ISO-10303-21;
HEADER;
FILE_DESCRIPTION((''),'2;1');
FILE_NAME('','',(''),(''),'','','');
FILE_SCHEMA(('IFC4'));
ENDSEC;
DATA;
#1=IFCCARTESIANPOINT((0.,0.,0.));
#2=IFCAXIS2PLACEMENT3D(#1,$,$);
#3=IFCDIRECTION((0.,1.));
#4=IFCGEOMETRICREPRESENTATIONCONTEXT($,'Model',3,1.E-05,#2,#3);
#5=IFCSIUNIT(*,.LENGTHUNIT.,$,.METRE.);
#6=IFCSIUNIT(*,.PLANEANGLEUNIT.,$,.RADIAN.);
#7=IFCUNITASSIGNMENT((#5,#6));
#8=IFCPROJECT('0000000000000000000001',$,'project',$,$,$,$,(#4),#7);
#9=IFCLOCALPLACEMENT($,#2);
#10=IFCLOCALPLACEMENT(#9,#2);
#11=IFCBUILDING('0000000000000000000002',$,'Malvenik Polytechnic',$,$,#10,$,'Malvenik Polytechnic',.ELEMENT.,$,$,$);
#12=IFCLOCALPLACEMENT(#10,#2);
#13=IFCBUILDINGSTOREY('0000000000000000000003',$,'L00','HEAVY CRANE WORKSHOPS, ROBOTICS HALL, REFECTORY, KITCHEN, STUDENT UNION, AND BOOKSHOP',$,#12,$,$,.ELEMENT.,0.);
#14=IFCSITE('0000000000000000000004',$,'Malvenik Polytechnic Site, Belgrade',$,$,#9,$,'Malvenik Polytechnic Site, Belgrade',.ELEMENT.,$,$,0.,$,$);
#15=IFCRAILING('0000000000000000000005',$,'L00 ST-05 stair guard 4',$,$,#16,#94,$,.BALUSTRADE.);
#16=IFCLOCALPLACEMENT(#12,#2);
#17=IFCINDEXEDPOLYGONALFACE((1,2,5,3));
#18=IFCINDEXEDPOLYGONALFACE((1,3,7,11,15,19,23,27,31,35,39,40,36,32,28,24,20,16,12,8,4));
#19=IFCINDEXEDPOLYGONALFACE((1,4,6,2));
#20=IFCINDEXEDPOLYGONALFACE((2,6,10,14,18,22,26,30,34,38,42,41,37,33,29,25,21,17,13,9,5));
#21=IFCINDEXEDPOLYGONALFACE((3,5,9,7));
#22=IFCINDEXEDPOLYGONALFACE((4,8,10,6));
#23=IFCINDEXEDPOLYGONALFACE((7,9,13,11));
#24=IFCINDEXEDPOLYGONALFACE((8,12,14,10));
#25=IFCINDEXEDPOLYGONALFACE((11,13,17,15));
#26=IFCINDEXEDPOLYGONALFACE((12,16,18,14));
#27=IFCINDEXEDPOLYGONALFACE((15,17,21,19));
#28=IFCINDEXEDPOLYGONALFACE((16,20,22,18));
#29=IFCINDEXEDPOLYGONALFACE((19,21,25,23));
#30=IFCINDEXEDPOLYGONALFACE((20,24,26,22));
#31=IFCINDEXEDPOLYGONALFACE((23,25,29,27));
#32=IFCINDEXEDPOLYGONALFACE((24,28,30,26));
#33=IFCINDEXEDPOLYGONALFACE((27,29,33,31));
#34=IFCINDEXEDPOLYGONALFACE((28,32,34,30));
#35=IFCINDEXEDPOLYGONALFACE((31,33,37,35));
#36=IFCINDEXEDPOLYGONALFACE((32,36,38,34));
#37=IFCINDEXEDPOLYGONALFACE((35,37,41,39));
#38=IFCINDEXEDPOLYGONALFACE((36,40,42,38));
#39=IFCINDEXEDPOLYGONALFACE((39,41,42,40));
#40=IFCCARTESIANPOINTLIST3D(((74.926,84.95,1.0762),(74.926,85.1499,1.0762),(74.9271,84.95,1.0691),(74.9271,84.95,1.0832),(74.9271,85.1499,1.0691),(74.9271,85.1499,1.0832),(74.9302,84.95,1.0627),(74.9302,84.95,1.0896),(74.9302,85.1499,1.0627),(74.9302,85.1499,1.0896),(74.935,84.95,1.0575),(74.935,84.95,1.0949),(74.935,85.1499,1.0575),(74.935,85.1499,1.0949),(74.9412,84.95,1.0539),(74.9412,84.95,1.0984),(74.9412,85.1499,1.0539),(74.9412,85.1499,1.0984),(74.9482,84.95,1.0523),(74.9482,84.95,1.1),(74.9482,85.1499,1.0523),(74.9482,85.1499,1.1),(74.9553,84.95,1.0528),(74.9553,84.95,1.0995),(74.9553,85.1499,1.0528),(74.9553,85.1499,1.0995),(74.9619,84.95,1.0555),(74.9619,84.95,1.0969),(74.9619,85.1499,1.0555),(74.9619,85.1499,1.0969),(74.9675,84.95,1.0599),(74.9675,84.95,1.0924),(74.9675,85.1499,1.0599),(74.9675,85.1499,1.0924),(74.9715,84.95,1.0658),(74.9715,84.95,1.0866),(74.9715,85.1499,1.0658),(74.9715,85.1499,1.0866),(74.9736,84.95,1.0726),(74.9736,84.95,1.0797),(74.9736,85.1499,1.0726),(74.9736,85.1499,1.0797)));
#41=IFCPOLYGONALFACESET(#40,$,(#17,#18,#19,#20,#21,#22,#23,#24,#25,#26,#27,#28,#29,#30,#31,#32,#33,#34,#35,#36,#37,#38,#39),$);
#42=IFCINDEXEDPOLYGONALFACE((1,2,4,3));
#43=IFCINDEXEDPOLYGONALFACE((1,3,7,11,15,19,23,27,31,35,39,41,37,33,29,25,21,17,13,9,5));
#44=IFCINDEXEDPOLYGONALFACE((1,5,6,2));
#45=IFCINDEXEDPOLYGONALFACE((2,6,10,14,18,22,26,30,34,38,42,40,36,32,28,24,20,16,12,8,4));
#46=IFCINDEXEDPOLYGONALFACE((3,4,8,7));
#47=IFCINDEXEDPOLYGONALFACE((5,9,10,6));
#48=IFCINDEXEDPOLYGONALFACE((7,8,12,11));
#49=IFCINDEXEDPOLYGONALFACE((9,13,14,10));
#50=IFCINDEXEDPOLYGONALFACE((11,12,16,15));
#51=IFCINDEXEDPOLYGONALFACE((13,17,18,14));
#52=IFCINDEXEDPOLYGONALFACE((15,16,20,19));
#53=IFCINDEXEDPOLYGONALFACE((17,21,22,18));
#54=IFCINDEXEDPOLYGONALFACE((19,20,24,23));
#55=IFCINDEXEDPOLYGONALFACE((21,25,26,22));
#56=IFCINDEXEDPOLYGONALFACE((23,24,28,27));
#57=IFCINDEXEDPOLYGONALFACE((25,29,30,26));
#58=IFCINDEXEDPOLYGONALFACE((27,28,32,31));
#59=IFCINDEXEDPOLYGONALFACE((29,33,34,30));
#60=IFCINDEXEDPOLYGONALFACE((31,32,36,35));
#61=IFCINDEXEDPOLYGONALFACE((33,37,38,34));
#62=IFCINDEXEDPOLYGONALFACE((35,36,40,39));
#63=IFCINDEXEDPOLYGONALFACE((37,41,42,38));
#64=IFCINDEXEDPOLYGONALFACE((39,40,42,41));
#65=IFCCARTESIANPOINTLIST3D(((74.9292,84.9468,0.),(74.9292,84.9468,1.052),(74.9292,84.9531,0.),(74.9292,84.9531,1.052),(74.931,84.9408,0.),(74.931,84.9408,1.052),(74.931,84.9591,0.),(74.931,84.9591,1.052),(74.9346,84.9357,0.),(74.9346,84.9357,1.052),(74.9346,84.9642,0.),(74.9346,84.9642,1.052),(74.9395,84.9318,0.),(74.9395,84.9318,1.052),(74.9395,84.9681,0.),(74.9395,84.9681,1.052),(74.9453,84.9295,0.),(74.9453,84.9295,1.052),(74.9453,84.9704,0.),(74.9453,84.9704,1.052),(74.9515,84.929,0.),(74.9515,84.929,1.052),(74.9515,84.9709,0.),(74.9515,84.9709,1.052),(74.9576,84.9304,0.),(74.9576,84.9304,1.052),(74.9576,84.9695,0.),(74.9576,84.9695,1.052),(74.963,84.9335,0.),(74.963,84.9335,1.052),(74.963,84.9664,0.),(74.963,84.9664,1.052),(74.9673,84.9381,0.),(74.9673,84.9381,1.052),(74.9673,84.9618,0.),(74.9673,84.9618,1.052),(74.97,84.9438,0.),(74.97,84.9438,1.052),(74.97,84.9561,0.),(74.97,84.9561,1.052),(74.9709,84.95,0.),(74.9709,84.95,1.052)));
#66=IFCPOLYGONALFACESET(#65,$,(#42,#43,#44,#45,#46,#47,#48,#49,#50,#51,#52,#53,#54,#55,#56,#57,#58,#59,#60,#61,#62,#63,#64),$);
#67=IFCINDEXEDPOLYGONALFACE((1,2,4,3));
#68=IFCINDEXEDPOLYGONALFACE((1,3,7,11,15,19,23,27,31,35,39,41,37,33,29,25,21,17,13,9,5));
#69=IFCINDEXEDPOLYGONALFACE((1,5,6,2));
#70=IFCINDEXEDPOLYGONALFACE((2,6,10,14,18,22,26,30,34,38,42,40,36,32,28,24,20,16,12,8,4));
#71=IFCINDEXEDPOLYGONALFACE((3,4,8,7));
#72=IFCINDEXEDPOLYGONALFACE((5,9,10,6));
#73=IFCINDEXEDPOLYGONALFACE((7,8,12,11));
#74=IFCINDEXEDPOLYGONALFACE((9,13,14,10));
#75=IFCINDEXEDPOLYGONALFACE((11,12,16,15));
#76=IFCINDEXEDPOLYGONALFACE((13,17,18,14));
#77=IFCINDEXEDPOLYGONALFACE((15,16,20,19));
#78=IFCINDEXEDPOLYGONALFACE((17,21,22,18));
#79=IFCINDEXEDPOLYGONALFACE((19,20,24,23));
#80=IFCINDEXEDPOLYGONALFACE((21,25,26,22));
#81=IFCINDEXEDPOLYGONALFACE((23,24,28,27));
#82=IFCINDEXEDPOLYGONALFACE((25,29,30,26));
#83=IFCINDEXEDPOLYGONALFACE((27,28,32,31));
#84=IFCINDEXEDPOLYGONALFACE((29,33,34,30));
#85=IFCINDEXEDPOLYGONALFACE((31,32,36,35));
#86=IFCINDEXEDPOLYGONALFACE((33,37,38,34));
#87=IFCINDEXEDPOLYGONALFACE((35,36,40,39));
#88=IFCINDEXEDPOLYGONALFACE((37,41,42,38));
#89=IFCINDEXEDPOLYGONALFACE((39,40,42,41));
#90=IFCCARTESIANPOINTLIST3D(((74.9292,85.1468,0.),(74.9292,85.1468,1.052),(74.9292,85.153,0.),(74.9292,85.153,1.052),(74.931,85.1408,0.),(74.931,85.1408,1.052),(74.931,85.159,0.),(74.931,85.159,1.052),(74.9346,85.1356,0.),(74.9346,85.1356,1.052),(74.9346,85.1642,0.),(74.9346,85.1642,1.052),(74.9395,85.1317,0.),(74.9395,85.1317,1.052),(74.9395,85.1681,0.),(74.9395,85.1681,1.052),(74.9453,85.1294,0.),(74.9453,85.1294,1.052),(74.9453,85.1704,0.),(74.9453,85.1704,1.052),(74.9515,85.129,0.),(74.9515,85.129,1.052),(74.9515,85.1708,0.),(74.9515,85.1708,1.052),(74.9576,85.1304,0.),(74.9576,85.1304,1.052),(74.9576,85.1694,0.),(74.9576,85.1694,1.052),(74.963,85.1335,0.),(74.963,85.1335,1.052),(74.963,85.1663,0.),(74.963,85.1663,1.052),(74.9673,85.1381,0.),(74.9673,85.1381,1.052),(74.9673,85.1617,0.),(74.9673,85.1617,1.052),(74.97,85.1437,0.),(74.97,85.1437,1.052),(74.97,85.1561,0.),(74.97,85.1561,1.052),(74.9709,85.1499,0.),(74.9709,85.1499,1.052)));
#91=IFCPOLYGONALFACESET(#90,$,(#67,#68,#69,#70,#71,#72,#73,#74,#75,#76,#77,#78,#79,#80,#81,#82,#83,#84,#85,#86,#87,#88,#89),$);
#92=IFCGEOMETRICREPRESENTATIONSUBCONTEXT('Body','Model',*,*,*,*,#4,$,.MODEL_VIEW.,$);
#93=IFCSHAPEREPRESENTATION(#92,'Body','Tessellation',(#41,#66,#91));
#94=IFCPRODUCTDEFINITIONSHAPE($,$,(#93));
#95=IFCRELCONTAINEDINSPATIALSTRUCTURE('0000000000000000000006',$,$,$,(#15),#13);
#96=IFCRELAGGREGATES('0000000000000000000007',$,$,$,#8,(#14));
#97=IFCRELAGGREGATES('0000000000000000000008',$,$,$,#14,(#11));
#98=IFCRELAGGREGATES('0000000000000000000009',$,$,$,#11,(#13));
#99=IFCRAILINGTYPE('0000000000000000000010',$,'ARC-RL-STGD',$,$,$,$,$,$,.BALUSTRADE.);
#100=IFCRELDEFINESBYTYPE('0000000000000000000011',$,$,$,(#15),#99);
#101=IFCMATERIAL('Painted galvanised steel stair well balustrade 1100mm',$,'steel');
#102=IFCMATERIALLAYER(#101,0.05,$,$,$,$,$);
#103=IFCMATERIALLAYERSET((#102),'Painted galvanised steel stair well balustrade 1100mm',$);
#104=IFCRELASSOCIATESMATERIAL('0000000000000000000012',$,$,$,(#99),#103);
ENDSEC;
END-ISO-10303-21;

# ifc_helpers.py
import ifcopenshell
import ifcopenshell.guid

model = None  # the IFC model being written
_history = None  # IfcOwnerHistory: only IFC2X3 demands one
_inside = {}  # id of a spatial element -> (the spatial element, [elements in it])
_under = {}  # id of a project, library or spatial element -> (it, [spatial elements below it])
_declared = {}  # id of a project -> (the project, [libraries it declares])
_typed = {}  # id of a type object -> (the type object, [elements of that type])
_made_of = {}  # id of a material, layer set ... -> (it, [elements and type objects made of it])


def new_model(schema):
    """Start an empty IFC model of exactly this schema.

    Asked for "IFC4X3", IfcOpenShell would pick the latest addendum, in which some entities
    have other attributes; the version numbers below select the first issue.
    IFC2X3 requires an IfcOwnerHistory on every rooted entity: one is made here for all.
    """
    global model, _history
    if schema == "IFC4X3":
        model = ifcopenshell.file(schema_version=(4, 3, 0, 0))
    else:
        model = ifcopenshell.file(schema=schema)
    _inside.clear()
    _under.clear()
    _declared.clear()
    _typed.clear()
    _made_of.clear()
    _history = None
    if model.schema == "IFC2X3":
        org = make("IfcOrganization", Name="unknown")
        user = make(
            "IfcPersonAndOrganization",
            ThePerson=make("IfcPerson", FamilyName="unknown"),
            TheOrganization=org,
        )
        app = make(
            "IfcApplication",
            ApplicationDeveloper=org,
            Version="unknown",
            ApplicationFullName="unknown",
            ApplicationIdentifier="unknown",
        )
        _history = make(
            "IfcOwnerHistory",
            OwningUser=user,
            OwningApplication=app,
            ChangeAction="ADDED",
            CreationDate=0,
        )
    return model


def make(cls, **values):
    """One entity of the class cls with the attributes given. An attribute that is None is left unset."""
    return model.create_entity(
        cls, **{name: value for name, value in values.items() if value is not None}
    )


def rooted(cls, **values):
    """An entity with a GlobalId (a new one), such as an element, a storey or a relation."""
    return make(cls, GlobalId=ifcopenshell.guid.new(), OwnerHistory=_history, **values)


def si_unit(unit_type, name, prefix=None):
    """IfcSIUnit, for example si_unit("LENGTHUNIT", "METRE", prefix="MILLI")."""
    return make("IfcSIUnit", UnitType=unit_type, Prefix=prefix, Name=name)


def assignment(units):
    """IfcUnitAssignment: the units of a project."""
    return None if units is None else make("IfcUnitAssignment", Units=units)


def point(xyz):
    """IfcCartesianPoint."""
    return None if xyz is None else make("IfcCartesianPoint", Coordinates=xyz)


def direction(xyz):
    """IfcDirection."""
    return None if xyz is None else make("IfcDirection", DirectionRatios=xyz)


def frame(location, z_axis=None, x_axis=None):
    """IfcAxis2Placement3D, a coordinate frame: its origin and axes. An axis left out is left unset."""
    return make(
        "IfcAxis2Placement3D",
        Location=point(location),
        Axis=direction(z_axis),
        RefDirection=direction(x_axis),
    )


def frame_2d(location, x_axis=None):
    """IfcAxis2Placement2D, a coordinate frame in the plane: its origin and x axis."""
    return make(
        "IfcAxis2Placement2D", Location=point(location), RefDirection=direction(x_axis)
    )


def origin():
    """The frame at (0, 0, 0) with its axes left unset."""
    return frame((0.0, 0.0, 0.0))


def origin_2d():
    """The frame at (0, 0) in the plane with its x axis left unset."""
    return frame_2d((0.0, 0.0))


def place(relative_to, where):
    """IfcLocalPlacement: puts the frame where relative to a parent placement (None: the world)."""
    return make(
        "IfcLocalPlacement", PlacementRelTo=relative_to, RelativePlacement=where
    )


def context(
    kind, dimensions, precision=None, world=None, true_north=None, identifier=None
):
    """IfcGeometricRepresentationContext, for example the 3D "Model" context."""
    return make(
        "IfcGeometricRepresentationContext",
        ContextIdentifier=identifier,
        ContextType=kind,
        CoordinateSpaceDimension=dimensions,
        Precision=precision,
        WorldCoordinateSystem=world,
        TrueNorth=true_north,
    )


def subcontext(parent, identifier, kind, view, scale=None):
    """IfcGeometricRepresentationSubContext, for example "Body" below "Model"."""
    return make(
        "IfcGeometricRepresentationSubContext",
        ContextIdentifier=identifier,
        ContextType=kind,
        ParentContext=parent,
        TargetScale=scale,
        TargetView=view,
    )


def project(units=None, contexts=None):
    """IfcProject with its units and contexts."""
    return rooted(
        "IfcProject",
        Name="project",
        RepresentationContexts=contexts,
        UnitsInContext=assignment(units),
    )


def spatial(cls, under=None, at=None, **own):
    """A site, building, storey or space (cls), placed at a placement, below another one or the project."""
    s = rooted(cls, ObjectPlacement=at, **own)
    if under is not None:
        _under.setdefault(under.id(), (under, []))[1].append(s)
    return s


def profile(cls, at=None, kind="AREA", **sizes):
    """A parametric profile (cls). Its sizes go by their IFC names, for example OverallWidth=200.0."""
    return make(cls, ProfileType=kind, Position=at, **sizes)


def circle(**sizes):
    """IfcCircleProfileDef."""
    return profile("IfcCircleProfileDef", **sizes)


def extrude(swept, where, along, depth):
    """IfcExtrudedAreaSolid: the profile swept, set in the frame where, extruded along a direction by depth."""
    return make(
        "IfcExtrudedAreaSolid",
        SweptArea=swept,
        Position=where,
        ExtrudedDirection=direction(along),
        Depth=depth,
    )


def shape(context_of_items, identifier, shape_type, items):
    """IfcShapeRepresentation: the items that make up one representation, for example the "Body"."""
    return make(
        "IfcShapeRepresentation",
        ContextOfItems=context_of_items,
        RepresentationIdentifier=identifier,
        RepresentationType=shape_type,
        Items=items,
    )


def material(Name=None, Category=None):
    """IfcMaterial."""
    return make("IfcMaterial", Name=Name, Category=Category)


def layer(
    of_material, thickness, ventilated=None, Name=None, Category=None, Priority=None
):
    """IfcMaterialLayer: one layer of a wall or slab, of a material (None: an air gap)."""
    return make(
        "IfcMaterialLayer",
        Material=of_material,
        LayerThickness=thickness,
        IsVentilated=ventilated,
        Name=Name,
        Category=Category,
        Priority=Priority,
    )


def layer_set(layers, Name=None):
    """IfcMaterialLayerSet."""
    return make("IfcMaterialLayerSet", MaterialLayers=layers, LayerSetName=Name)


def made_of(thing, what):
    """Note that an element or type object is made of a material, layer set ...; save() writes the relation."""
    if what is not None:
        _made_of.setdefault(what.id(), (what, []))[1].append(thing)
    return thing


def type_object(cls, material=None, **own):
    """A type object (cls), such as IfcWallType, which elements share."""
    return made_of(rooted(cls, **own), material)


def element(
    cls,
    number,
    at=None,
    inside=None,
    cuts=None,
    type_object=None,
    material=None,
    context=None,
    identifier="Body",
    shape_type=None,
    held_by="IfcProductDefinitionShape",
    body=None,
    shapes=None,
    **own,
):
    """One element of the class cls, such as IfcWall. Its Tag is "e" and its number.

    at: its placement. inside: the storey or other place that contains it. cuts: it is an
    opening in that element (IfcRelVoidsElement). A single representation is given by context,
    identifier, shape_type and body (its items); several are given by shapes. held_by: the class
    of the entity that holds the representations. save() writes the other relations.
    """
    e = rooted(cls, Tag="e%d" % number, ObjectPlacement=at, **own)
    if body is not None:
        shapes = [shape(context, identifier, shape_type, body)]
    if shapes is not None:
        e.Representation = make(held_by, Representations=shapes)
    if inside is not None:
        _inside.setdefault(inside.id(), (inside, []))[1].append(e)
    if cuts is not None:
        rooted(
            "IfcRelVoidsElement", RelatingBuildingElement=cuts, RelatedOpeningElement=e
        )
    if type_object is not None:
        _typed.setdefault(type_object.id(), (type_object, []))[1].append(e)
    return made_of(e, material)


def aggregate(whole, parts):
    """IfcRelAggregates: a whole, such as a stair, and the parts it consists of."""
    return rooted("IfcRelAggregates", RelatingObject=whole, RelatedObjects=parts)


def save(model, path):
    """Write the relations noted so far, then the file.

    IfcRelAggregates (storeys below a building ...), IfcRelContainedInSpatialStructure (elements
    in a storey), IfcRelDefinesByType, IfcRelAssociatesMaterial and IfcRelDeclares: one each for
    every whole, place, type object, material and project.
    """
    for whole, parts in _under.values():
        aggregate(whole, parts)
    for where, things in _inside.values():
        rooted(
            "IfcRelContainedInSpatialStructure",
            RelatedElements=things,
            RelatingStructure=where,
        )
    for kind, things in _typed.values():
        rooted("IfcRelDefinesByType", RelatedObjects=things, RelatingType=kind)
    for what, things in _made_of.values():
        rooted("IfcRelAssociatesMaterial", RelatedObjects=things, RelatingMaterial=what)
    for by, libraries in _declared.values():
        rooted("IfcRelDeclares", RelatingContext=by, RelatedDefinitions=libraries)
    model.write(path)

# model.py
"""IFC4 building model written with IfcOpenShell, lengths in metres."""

from ifc_helpers import new_model, si_unit, direction, frame, origin, origin_2d, place, context, subcontext, project, spatial, circle, extrude, material, layer, layer_set, type_object, element, save


model = new_model("IFC4")

# Units and contexts
model_context = context("Model", 3, precision=1e-05, world=origin(), true_north=direction((0.0, 1.0)))
body_context = subcontext(model_context, "Body", "Model", "MODEL_VIEW")
ifc_project = project(units=[si_unit("LENGTHUNIT", "METRE"), si_unit("PLANEANGLEUNIT", "RADIAN")], contexts=[model_context])

# Site, building, storey
site_placement = place(None, origin())
site = spatial("IfcSite", under=ifc_project, at=site_placement, Name="Malvenik Polytechnic Site, Belgrade", LongName="Malvenik Polytechnic Site, Belgrade", CompositionType="ELEMENT", RefElevation=0.0)
building_placement = place(site_placement, origin())
building = spatial("IfcBuilding", under=site, at=building_placement, Name="Malvenik Polytechnic", LongName="Malvenik Polytechnic", CompositionType="ELEMENT")
storey_placement = place(building_placement, origin())
storey = spatial("IfcBuildingStorey", under=building, at=storey_placement, Name="L00", Description="HEAVY CRANE WORKSHOPS, ROBOTICS HALL, REFECTORY, KITCHEN, STUDENT UNION, AND BOOKSHOP", CompositionType="ELEMENT", Elevation=0.0)

# Railing
ifc_material_1 = material(Name="Painted galvanised steel stair well balustrade 1100mm", Category="steel")
ifc_layer_1 = layer(ifc_material_1, 0.05)
ifc_layer_set_1 = layer_set([ifc_layer_1], Name="Painted galvanised steel stair well balustrade 1100mm")
railing_type_1 = type_object("IfcRailingType", Name="ARC-RL-STGD", PredefinedType="BALUSTRADE", material=ifc_layer_set_1)
railing_1_placement = place(storey_placement, frame((74.95, 84.95, 0.0)))
element("IfcRailing", 1, at=railing_1_placement, inside=storey, type_object=railing_type_1, Name="L00 ST-05 stair guard 4", PredefinedType="BALUSTRADE", context=body_context, shape_type="SweptSolid", body=[
    extrude(circle(Radius=0.0239, at=origin_2d()), frame((0.0, 0.0, 1.0762), z_axis=(0.0, 1.0, 0.0), x_axis=(-1.0, 0.0, 0.0)), (0.0, 0.0, 1.0), 0.2),
    extrude(circle(Radius=0.021, at=origin_2d()), origin(), (0.0, 0.0, 1.0), 1.052),
    extrude(circle(Radius=0.021, at=origin_2d()), frame((0.0, 0.2, 0.0)), (0.0, 0.0, 1.0), 1.052),
])

save(model, "model.ifc")
